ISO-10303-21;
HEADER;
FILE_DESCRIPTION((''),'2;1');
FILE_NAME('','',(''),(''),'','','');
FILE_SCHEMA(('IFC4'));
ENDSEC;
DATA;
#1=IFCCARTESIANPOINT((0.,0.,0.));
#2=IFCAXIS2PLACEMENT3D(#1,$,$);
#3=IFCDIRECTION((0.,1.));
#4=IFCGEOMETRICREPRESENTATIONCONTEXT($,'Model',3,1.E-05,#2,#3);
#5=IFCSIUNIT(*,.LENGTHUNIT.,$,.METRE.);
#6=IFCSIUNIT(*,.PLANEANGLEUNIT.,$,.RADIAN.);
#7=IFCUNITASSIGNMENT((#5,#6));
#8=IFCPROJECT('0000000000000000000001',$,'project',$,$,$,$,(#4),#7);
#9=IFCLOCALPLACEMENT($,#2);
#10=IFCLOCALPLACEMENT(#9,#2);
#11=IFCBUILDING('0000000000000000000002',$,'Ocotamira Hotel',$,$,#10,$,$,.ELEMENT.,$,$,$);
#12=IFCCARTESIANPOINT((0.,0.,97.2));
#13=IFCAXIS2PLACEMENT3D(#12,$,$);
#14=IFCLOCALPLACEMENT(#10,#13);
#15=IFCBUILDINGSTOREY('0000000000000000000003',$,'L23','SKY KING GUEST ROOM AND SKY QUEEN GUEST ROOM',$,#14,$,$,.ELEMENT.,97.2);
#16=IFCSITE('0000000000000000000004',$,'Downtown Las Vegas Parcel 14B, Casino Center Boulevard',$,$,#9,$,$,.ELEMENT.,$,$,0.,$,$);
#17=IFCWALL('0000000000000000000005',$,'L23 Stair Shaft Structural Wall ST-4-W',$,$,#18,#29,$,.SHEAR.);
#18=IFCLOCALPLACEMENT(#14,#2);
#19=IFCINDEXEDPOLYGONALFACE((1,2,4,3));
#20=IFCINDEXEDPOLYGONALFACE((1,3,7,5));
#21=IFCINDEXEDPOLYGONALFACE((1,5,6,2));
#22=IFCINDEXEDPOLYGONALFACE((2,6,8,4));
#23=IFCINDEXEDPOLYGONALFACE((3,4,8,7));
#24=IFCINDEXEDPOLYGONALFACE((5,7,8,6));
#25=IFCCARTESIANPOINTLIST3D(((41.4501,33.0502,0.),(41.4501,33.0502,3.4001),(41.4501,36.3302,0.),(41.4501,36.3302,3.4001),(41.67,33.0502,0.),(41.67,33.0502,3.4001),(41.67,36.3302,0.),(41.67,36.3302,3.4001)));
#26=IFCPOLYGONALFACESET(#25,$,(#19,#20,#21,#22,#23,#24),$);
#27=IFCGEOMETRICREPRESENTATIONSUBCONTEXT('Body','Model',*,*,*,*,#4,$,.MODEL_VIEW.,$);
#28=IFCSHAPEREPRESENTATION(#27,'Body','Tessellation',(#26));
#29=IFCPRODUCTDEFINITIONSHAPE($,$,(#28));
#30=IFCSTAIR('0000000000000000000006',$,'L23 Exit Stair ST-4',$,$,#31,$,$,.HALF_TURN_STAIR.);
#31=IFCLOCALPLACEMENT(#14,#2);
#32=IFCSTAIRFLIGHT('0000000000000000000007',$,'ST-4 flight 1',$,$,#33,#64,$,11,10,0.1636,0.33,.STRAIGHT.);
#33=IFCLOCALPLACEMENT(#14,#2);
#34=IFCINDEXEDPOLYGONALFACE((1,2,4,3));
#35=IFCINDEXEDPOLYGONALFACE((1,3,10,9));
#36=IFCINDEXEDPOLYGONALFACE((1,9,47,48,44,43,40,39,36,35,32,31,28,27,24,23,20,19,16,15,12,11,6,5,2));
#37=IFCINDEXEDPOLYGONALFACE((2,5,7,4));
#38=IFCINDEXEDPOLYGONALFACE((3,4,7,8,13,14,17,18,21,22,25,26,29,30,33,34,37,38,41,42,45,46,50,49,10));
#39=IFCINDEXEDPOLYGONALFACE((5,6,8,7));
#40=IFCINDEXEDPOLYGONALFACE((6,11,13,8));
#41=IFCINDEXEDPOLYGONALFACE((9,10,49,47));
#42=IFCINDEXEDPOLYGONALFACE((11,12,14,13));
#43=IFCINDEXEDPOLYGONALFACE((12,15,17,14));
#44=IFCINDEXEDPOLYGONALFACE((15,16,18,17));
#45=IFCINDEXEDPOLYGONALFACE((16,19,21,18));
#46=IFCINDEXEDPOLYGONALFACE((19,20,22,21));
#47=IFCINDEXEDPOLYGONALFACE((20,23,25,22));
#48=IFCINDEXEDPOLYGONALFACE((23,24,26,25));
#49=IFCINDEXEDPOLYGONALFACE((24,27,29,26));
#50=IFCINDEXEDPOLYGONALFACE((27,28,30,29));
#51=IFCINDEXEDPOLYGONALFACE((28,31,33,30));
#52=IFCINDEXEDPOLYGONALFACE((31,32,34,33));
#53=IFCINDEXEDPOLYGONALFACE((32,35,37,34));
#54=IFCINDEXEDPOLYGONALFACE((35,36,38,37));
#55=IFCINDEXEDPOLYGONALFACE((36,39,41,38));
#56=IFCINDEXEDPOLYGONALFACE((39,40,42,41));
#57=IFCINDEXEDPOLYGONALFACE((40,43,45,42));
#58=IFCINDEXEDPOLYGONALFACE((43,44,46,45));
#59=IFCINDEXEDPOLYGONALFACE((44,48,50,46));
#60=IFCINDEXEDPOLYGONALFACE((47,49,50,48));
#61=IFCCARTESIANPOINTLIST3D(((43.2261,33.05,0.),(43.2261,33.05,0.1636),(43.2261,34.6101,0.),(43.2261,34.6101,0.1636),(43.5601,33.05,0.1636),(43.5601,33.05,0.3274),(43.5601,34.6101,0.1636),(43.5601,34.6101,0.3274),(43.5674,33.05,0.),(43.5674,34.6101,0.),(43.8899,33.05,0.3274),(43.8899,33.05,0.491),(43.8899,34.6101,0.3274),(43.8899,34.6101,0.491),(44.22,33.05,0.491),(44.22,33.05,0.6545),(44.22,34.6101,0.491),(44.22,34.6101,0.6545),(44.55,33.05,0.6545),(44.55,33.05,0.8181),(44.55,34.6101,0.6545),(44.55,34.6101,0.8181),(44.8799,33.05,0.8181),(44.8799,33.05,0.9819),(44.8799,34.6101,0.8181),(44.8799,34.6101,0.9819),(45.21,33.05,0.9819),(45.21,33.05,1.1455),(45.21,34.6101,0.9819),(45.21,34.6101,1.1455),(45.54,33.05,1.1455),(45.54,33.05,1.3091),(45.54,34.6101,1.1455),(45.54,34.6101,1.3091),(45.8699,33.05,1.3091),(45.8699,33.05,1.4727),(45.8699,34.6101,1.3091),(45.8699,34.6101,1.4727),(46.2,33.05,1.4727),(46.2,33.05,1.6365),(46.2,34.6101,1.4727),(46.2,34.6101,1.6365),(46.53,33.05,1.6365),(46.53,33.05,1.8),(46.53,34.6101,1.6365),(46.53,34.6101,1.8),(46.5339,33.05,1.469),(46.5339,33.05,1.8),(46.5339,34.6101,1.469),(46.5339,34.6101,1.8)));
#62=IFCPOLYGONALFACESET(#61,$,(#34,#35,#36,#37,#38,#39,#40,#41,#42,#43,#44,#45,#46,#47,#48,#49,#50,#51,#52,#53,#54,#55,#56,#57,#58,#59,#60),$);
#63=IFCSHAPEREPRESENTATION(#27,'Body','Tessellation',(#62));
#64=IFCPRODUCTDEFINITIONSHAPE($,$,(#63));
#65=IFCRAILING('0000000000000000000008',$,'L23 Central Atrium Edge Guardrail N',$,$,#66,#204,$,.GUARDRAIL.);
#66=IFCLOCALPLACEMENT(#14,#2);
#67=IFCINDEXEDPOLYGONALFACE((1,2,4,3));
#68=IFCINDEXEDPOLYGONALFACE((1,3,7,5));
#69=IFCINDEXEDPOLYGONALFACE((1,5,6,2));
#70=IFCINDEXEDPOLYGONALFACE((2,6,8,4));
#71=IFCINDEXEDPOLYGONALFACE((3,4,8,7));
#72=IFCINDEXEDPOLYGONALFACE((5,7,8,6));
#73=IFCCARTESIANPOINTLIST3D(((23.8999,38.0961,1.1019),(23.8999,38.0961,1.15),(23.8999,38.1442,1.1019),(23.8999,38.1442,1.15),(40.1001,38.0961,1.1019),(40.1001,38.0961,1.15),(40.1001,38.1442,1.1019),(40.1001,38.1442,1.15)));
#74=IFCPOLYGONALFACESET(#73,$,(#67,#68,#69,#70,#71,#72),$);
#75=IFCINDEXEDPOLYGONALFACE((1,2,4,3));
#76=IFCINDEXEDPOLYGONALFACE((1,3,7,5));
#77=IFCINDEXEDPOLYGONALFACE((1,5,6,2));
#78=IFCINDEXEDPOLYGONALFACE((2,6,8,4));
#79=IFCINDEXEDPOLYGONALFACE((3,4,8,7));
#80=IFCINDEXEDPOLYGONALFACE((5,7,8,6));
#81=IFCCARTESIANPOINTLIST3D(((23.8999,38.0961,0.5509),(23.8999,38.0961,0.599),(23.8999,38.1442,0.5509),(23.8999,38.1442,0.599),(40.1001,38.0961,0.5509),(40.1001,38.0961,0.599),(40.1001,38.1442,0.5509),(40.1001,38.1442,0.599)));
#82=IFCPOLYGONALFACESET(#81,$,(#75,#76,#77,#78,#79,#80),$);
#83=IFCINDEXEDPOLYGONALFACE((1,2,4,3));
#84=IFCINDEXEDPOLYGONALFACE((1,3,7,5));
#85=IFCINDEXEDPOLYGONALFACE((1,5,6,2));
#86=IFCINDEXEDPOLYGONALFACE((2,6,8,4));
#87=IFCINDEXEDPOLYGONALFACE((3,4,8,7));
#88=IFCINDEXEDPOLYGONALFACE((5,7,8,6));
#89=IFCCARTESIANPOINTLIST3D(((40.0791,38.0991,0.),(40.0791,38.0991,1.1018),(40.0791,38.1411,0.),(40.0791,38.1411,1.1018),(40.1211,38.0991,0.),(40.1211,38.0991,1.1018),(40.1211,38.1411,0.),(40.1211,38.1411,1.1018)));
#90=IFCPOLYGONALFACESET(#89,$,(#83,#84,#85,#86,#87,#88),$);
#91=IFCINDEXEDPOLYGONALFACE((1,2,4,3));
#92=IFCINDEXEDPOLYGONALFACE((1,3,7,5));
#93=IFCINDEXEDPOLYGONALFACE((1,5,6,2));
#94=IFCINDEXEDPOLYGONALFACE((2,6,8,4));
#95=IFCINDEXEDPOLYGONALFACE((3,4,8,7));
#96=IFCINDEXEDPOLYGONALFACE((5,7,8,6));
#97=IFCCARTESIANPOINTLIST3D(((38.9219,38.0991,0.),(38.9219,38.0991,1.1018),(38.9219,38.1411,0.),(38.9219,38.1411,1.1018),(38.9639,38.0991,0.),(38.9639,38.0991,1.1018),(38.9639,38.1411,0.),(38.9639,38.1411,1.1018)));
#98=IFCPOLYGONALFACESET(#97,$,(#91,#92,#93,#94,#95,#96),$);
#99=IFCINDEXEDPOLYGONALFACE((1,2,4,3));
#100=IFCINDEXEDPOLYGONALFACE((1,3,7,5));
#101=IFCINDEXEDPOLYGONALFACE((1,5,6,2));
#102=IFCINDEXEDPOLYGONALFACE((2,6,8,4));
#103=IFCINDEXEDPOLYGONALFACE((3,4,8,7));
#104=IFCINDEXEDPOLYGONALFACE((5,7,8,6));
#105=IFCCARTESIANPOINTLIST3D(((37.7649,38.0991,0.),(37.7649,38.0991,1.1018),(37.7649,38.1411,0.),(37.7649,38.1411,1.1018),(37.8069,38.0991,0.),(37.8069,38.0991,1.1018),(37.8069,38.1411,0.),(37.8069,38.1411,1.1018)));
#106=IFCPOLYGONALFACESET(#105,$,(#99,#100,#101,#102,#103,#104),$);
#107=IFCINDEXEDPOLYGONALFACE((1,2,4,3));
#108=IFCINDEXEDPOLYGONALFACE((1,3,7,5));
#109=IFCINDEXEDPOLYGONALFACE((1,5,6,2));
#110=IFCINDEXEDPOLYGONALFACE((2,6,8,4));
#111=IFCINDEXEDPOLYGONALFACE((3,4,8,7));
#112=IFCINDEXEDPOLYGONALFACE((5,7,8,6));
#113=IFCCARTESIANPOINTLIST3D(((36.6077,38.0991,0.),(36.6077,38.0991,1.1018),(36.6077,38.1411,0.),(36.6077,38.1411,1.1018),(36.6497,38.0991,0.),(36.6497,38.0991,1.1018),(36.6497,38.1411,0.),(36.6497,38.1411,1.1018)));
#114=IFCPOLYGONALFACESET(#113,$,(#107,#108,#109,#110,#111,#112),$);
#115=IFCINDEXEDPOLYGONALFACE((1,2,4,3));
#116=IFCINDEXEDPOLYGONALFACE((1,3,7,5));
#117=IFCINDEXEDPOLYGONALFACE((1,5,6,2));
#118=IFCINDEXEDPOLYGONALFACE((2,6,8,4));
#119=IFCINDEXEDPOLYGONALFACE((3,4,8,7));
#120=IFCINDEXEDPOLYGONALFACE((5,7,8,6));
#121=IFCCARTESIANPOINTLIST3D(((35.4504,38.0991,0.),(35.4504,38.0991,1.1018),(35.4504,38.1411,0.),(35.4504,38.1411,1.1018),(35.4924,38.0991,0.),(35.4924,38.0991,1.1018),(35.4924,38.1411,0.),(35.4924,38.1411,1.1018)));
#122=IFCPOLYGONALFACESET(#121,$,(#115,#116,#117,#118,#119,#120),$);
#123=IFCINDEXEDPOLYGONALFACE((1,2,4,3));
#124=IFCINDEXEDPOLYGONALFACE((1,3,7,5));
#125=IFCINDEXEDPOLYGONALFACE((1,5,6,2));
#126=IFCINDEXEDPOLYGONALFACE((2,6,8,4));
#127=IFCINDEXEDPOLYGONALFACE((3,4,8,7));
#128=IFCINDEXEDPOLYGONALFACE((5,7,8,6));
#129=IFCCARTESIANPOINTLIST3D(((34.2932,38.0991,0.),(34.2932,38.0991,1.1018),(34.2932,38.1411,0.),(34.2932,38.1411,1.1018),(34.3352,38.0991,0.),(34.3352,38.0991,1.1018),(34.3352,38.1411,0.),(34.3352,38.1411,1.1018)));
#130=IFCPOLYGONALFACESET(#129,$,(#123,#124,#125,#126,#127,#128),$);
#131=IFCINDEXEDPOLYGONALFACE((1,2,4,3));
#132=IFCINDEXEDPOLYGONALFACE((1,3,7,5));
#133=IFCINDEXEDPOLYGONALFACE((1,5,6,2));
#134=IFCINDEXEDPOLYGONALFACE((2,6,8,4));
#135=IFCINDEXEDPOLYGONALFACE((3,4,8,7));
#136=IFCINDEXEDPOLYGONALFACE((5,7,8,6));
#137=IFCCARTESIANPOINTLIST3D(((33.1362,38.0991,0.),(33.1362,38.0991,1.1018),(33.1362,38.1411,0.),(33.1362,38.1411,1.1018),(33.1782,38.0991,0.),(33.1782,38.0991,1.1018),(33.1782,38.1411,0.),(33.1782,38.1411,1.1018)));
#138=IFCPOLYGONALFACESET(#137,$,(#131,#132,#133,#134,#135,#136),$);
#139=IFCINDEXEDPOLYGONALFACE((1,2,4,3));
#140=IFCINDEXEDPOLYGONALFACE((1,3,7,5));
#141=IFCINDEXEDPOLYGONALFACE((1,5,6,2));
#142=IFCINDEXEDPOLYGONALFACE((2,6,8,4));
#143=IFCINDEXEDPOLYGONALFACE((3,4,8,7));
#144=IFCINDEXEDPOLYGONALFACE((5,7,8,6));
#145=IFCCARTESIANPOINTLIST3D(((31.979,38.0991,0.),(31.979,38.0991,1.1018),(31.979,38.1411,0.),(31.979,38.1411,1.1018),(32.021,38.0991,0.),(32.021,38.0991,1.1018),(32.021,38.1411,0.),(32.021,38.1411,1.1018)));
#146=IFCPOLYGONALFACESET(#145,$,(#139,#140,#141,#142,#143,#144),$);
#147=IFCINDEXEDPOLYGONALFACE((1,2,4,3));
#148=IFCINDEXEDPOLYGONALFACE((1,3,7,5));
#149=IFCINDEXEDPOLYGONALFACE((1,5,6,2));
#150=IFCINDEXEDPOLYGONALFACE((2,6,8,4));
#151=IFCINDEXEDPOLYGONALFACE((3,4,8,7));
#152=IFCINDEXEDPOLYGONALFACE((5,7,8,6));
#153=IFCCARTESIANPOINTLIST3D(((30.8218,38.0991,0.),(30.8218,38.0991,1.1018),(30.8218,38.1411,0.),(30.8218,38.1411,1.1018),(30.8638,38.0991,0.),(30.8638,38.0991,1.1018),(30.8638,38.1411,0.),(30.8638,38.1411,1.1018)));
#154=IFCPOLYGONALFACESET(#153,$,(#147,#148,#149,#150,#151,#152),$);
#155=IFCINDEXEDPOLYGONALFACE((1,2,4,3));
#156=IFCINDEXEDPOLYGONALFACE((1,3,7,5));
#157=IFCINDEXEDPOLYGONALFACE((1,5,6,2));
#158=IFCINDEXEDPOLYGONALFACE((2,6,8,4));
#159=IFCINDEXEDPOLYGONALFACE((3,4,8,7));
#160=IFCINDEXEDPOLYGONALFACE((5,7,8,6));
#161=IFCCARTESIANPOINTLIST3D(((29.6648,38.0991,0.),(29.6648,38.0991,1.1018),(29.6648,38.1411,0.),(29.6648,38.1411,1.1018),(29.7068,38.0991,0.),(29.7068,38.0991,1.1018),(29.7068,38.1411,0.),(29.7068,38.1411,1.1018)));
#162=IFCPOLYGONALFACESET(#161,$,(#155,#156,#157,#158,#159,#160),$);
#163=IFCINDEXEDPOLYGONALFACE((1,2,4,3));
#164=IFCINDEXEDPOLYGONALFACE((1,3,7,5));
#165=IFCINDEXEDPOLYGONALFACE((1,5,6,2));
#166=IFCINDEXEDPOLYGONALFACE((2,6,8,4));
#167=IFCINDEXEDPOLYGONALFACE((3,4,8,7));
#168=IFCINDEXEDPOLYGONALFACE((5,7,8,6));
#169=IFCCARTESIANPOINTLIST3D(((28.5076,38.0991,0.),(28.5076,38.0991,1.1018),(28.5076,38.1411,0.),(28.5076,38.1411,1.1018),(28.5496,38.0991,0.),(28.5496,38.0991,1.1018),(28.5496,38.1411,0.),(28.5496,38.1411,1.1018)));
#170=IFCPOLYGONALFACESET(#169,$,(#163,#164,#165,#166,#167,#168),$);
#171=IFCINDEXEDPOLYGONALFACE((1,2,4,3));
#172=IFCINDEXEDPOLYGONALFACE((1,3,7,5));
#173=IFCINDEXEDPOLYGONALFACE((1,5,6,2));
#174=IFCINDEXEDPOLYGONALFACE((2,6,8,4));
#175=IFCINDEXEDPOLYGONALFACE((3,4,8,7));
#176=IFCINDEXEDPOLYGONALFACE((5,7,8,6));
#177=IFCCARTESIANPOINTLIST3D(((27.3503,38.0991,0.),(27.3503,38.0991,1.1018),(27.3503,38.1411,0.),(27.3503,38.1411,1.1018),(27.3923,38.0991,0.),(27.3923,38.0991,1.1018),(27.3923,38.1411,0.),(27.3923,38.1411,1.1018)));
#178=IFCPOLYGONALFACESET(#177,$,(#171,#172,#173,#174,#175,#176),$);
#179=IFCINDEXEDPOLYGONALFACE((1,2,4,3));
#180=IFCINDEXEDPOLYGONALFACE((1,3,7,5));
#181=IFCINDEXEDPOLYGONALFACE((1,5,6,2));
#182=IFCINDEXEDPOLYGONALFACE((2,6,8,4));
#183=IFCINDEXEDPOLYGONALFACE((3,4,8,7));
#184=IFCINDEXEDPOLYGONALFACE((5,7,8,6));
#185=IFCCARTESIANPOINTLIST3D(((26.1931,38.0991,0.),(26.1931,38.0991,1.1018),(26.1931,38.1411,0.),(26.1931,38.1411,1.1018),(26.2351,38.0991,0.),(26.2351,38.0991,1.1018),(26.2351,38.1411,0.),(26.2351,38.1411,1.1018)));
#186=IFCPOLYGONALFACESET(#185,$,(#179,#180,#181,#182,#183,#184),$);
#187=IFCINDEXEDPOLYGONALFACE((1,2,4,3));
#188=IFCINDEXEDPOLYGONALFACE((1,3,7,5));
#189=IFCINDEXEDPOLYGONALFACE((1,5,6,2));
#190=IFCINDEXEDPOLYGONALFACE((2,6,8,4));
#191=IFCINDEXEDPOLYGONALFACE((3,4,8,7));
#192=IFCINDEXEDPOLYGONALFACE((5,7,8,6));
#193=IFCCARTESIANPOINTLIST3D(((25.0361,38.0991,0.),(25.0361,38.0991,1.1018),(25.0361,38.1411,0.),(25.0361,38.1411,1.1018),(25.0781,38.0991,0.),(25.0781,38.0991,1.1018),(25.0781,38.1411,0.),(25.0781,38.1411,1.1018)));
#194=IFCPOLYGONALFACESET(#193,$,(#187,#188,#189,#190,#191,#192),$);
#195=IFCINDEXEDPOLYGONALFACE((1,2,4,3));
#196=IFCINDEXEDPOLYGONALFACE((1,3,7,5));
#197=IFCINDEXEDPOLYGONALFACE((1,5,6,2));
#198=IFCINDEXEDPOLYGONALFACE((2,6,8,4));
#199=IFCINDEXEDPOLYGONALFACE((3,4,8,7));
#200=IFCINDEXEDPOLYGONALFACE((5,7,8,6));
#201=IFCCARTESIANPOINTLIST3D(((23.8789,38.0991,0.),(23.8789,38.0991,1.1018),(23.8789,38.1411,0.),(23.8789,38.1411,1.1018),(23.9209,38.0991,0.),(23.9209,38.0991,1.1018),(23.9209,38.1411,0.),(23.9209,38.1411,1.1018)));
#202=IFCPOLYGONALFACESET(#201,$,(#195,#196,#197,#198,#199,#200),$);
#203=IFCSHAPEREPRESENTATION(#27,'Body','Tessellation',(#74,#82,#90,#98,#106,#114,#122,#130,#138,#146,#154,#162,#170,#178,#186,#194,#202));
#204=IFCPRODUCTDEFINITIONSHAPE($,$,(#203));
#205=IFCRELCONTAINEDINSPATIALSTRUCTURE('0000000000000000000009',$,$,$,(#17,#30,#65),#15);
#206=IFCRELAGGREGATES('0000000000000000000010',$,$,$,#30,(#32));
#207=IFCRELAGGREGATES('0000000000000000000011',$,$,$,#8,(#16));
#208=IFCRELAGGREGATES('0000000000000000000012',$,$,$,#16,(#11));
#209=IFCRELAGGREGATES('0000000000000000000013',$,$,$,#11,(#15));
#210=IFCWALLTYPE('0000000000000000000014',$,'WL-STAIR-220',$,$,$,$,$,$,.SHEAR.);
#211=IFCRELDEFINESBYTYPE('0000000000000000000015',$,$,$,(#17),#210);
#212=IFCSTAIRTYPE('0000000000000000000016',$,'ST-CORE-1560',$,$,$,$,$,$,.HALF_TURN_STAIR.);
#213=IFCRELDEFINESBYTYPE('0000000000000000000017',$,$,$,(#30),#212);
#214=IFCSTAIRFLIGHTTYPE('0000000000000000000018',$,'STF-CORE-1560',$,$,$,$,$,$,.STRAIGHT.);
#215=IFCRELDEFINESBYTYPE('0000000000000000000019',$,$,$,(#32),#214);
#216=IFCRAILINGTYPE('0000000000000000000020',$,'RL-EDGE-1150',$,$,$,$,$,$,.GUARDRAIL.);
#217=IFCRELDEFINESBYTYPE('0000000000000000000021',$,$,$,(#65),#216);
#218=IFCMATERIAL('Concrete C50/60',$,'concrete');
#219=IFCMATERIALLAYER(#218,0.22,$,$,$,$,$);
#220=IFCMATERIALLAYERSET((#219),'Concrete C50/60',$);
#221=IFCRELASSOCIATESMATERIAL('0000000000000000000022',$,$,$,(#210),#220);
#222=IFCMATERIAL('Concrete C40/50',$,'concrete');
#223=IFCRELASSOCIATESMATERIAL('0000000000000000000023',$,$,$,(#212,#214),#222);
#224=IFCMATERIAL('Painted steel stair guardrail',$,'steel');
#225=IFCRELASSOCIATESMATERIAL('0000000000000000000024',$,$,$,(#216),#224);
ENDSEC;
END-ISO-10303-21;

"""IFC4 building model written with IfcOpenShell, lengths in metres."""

from ifc_helpers import new_model, si_unit, direction, frame, frame_2d, origin, origin_2d, place, context, subcontext, project, spatial, polyline, rectangle, outline, extrude, source, transform, mapped, material, layer, layer_set, type_object, element, aggregate, save


model = new_model("IFC4")

# Units and contexts
model_context = context("Model", 3, precision=1e-05, world=origin(), true_north=direction((0.0, 1.0)))
body_context = subcontext(model_context, "Body", "Model", "MODEL_VIEW")
ifc_project = project(units=[si_unit("LENGTHUNIT", "METRE"), si_unit("PLANEANGLEUNIT", "RADIAN")], contexts=[model_context])

# Site, building, storey
site_placement = place(None, origin())
site = spatial("IfcSite", under=ifc_project, at=site_placement, Name="Downtown Las Vegas Parcel 14B, Casino Center Boulevard", CompositionType="ELEMENT", RefElevation=0.0)
building_placement = place(site_placement, origin())
building = spatial("IfcBuilding", under=site, at=building_placement, Name="Ocotamira Hotel", CompositionType="ELEMENT")
storey_placement = place(building_placement, frame((0.0, 0.0, 97.2)))
storey = spatial("IfcBuildingStorey", under=building, at=storey_placement, Name="L23", Description="SKY KING GUEST ROOM AND SKY QUEEN GUEST ROOM", CompositionType="ELEMENT", Elevation=97.2)

# Shared definitions
ifc_material_1 = material(Name="Concrete C50/60", Category="concrete")
ifc_layer_1 = layer(ifc_material_1, 0.22)
ifc_layer_set_1 = layer_set([ifc_layer_1], Name="Concrete C50/60")
wall_type_1 = type_object("IfcWallType", Name="WL-STAIR-220", PredefinedType="SHEAR", material=ifc_layer_set_1)

# Wall
wall_1_placement = place(storey_placement, frame((41.5601, 33.05, 0.0), z_axis=(0.0, 0.0, 1.0), x_axis=(0.0, 1.0, 0.0)))
element("IfcWall", 1, at=wall_1_placement, inside=storey, type_object=wall_type_1, Name="L23 Stair Shaft Structural Wall ST-4-W", PredefinedType="SHEAR", context=body_context, shape_type="SweptSolid", body=[
    extrude(rectangle(XDim=3.28, YDim=0.22, at=frame_2d((1.6401, 0.0))), origin(), (0.0, 0.0, 1.0), 3.4001),
])

# Stair, stair flight
ifc_material_2 = material(Name="Concrete C40/50", Category="concrete")
stair_type = type_object("IfcStairType", Name="ST-CORE-1560", PredefinedType="HALF_TURN_STAIR", material=ifc_material_2)
stair_placement = place(storey_placement, origin())
stair = element("IfcStair", 2, at=stair_placement, inside=storey, type_object=stair_type, Name="L23 Exit Stair ST-4", PredefinedType="HALF_TURN_STAIR")
stair_flight_type = type_object("IfcStairFlightType", Name="STF-CORE-1560", PredefinedType="STRAIGHT", material=ifc_material_2)
shared_shape_1 = source(origin(), body_context, "Body", "SweptSolid", [
    extrude(outline(polyline([(-0.0039, 0.0), (-0.0039, 0.1636), (0.3301, 0.1636), (0.3301, 0.3274), (0.6599, 0.3274), (0.6599, 0.491), (0.99, 0.491), (0.99, 0.6545), (1.3201, 0.6545), (1.3201, 0.8181), (1.6499, 0.8181), (1.6499, 0.9819), (1.98, 0.9819), (1.98, 1.1455), (2.3101, 1.1455), (2.3101, 1.3091), (2.6399, 1.3091), (2.6399, 1.4727), (2.97, 1.4727), (2.97, 1.6365), (3.3, 1.6365), (3.3, 1.8), (3.304, 1.8), (3.304, 1.469), (0.3374, 0.0), (-0.0039, 0.0)])), frame((0.0, 0.78, 0.0), z_axis=(0.0, -1.0, 0.0), x_axis=(1.0, 0.0, 0.0)), (0.0, 0.0, 1.0), 1.5601),
])
stair_flight_placement = place(storey_placement, frame((43.23, 33.8301, 0.0), z_axis=(0.0, 0.0, 1.0), x_axis=(1.0, 0.0, 0.0)))
stair_flight = element("IfcStairFlight", 3, at=stair_flight_placement, type_object=stair_flight_type, Name="ST-4 flight 1", NumberOfRisers=11, NumberOfTreads=10, PredefinedType="STRAIGHT", RiserHeight=0.1636, TreadLength=0.33, context=body_context, shape_type="MappedRepresentation", body=[
    mapped(shared_shape_1, transform((0.0, 0.0, 0.0), scale=1.0)),
])
aggregate(stair, [stair_flight])

# Railing
ifc_material_3 = material(Name="Painted steel stair guardrail", Category="steel")
railing_type_1 = type_object("IfcRailingType", Name="RL-EDGE-1150", PredefinedType="GUARDRAIL", material=ifc_material_3)
railing_1_placement = place(storey_placement, frame((40.1001, 38.1201, 0.0)))
element("IfcRailing", 4, at=railing_1_placement, inside=storey, type_object=railing_type_1, Name="L23 Central Atrium Edge Guardrail N", PredefinedType="GUARDRAIL", context=body_context, shape_type="SweptSolid", body=[
    extrude(rectangle(XDim=0.0481, YDim=0.0481, at=origin_2d()), frame((0.0, 0.0, 1.126), z_axis=(-1.0, 0.0, 0.0), x_axis=(0.0, -1.0, 0.0)), (0.0, 0.0, 1.0), 16.2002),
    extrude(rectangle(XDim=0.0481, YDim=0.0481, at=origin_2d()), frame((0.0, 0.0, 0.575), z_axis=(-1.0, 0.0, 0.0), x_axis=(0.0, -1.0, 0.0)), (0.0, 0.0, 1.0), 16.2002),
    extrude(rectangle(XDim=0.042, YDim=0.042, at=origin_2d()), origin(), (0.0, 0.0, 1.0), 1.1018),
    extrude(rectangle(XDim=0.042, YDim=0.042, at=origin_2d()), frame((-1.1572, 0.0, 0.0)), (0.0, 0.0, 1.0), 1.1018),
    extrude(rectangle(XDim=0.042, YDim=0.042, at=origin_2d()), frame((-2.3142, 0.0, 0.0)), (0.0, 0.0, 1.0), 1.1018),
    extrude(rectangle(XDim=0.042, YDim=0.042, at=origin_2d()), frame((-3.4714, 0.0, 0.0)), (0.0, 0.0, 1.0), 1.1018),
    extrude(rectangle(XDim=0.042, YDim=0.042, at=origin_2d()), frame((-4.6287, 0.0, 0.0)), (0.0, 0.0, 1.0), 1.1018),
    extrude(rectangle(XDim=0.042, YDim=0.042, at=origin_2d()), frame((-5.7859, 0.0, 0.0)), (0.0, 0.0, 1.0), 1.1018),
    extrude(rectangle(XDim=0.042, YDim=0.042, at=origin_2d()), frame((-6.9429, 0.0, 0.0)), (0.0, 0.0, 1.0), 1.1018),
    extrude(rectangle(XDim=0.042, YDim=0.042, at=origin_2d()), frame((-8.1001, 0.0, 0.0)), (0.0, 0.0, 1.0), 1.1018),
    extrude(rectangle(XDim=0.042, YDim=0.042, at=origin_2d()), frame((-9.2573, 0.0, 0.0)), (0.0, 0.0, 1.0), 1.1018),
    extrude(rectangle(XDim=0.042, YDim=0.042, at=origin_2d()), frame((-10.4143, 0.0, 0.0)), (0.0, 0.0, 1.0), 1.1018),
    extrude(rectangle(XDim=0.042, YDim=0.042, at=origin_2d()), frame((-11.5715, 0.0, 0.0)), (0.0, 0.0, 1.0), 1.1018),
    extrude(rectangle(XDim=0.042, YDim=0.042, at=origin_2d()), frame((-12.7288, 0.0, 0.0)), (0.0, 0.0, 1.0), 1.1018),
    extrude(rectangle(XDim=0.042, YDim=0.042, at=origin_2d()), frame((-13.886, 0.0, 0.0)), (0.0, 0.0, 1.0), 1.1018),
    extrude(rectangle(XDim=0.042, YDim=0.042, at=origin_2d()), frame((-15.043, 0.0, 0.0)), (0.0, 0.0, 1.0), 1.1018),
    extrude(rectangle(XDim=0.042, YDim=0.042, at=origin_2d()), frame((-16.2002, 0.0, 0.0)), (0.0, 0.0, 1.0), 1.1018),
])

save(model, "model.ifc")
